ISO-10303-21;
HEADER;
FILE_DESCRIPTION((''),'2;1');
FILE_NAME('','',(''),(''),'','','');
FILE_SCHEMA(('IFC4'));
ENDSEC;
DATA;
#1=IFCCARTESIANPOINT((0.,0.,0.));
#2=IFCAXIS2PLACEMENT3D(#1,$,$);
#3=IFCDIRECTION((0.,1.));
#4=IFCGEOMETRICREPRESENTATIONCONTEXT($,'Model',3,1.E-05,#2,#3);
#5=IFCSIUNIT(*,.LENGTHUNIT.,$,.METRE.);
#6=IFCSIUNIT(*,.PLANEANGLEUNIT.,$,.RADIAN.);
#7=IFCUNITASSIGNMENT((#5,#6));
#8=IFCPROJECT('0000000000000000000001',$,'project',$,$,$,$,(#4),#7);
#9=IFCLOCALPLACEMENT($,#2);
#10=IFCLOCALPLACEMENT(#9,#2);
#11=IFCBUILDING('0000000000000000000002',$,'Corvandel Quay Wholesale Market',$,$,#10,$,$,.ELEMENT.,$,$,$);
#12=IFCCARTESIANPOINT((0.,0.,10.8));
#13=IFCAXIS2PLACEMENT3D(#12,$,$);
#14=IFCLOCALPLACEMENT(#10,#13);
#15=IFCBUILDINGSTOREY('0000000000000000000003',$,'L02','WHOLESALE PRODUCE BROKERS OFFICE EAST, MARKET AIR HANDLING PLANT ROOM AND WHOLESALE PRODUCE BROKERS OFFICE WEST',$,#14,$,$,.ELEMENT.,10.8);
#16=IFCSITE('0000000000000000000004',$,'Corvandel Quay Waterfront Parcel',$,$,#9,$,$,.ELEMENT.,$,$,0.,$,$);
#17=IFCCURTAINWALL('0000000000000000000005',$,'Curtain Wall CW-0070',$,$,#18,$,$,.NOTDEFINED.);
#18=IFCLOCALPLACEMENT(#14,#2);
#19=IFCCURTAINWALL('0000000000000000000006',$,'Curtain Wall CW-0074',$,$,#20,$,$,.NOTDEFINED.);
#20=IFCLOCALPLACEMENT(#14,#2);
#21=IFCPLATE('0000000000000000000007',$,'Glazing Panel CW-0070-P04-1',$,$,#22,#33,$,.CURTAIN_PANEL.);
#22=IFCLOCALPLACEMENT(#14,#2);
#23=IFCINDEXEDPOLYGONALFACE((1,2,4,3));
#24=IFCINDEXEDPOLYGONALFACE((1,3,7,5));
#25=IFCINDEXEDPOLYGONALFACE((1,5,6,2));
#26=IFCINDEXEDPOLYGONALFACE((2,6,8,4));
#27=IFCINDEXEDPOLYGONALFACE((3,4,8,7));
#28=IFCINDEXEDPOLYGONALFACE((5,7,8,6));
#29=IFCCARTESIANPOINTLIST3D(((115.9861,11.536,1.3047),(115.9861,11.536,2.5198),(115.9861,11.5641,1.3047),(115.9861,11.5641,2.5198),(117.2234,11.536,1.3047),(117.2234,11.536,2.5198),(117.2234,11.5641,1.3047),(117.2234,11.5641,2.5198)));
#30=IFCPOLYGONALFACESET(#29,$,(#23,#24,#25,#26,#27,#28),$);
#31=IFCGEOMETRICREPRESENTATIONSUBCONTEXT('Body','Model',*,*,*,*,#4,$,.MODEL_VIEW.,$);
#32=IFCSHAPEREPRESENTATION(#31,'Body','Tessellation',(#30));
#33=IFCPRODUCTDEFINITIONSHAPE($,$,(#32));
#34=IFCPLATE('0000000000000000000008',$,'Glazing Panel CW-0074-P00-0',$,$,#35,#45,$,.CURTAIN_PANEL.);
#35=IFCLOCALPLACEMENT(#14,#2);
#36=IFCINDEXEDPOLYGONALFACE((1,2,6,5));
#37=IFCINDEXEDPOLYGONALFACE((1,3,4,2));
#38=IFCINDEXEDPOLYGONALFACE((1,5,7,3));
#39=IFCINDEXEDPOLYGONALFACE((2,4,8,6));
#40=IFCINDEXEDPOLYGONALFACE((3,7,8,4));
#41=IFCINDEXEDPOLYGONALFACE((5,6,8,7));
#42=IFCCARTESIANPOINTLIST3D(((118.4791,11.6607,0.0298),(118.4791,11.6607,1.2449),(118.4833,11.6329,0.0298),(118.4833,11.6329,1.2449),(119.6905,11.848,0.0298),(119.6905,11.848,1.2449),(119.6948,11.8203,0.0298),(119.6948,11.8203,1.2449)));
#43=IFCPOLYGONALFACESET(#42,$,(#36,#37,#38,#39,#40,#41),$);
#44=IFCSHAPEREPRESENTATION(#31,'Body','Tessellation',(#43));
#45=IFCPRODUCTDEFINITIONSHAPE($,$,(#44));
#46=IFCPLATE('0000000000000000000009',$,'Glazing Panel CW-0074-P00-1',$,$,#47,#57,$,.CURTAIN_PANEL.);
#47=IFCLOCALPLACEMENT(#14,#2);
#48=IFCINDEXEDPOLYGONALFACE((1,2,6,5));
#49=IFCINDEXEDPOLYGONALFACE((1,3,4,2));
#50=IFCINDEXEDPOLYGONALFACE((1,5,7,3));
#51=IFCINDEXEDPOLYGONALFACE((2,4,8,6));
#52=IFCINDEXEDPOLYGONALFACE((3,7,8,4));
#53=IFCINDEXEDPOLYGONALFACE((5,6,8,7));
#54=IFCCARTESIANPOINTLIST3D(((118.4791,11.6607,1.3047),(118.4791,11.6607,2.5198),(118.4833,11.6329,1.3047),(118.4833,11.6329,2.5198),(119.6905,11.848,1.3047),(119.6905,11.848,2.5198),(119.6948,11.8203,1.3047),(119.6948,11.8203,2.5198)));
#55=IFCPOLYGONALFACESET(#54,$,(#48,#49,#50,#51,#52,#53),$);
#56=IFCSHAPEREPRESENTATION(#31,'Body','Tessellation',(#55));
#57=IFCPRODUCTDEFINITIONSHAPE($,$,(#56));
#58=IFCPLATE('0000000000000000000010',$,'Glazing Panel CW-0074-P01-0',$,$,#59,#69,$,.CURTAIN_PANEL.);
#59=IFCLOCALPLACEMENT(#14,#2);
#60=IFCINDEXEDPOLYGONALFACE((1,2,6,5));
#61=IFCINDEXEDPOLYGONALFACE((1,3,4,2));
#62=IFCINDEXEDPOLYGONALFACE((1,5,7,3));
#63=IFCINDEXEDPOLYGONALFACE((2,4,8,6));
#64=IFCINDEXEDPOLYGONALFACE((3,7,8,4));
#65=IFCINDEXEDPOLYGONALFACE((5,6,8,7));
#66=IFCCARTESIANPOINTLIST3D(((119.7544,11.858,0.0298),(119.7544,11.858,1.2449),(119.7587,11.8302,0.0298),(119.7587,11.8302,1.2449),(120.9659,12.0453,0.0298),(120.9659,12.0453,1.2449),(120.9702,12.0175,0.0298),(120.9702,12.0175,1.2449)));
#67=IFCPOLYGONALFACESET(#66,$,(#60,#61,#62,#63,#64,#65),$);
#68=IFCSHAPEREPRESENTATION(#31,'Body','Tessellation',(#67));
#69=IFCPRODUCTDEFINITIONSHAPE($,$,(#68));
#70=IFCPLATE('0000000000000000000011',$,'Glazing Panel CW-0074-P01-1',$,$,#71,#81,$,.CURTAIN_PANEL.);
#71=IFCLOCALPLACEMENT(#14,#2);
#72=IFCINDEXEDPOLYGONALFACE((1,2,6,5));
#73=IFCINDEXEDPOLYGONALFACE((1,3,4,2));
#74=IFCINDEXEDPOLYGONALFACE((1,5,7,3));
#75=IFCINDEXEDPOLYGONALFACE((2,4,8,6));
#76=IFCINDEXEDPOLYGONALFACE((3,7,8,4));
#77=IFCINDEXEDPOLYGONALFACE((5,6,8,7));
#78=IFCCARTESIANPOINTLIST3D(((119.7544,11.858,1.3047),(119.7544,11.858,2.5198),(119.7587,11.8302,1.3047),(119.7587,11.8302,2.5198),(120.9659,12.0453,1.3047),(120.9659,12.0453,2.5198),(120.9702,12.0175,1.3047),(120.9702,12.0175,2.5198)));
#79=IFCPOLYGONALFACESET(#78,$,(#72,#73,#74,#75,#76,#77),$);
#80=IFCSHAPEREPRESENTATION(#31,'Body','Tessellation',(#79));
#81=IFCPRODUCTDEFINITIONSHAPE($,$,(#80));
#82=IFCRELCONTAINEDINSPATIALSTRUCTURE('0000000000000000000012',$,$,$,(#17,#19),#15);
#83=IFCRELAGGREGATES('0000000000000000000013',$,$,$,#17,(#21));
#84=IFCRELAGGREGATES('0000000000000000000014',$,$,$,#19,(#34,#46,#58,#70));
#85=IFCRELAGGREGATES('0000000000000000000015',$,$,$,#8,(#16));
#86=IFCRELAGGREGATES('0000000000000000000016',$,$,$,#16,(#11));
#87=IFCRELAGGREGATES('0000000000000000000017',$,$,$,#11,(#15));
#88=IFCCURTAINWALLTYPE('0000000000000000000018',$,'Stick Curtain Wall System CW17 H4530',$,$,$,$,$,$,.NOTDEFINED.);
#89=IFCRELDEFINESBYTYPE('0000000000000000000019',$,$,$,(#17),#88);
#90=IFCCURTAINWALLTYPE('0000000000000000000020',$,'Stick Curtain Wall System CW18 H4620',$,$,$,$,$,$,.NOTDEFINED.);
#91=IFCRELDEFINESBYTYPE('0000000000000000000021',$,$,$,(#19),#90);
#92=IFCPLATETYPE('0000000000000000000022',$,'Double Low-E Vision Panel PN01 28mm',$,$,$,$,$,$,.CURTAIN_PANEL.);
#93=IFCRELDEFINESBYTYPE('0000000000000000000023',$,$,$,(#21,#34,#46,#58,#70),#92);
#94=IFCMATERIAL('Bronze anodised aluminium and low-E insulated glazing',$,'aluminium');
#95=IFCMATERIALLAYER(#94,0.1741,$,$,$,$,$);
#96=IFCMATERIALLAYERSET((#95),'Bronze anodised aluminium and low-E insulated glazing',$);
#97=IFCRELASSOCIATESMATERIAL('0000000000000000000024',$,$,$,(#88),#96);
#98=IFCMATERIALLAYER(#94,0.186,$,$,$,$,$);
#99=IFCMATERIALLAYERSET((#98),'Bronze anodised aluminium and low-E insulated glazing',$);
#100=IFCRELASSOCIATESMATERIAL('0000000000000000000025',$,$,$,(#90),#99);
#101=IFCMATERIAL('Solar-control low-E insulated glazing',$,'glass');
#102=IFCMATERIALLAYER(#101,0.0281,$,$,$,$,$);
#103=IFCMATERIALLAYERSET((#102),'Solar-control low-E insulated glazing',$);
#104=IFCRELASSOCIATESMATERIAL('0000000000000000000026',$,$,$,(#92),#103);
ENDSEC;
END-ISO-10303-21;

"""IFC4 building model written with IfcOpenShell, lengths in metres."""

from ifc_helpers import new_model, si_unit, direction, frame, origin, origin_2d, place, context, subcontext, project, spatial, rectangle, extrude, material, layer, layer_set, type_object, element, aggregate, save


model = new_model("IFC4")

# Units and contexts
model_context = context("Model", 3, precision=1e-05, world=origin(), true_north=direction((0.0, 1.0)))
body_context = subcontext(model_context, "Body", "Model", "MODEL_VIEW")
ifc_project = project(units=[si_unit("LENGTHUNIT", "METRE"), si_unit("PLANEANGLEUNIT", "RADIAN")], contexts=[model_context])

# Site, building, storey
site_placement = place(None, origin())
site = spatial("IfcSite", under=ifc_project, at=site_placement, Name="Corvandel Quay Waterfront Parcel", CompositionType="ELEMENT", RefElevation=0.0)
building_placement = place(site_placement, origin())
building = spatial("IfcBuilding", under=site, at=building_placement, Name="Corvandel Quay Wholesale Market", CompositionType="ELEMENT")
storey_placement = place(building_placement, frame((0.0, 0.0, 10.8)))
storey = spatial("IfcBuildingStorey", under=building, at=storey_placement, Name="L02", Description="WHOLESALE PRODUCE BROKERS OFFICE EAST, MARKET AIR HANDLING PLANT ROOM AND WHOLESALE PRODUCE BROKERS OFFICE WEST", CompositionType="ELEMENT", Elevation=10.8)

# Curtain walls
ifc_material_1 = material(Name="Bronze anodised aluminium and low-E insulated glazing", Category="aluminium")
ifc_layer_1 = layer(ifc_material_1, 0.1741)
ifc_layer_set_1 = layer_set([ifc_layer_1], Name="Bronze anodised aluminium and low-E insulated glazing")
curtain_wall_type_1 = type_object("IfcCurtainWallType", Name="Stick Curtain Wall System CW17 H4530", PredefinedType="NOTDEFINED", material=ifc_layer_set_1)
curtain_wall_1_placement = place(storey_placement, origin())
curtain_wall_1 = element("IfcCurtainWall", 1, at=curtain_wall_1_placement, inside=storey, type_object=curtain_wall_type_1, Name="Curtain Wall CW-0070", PredefinedType="NOTDEFINED")
ifc_layer_2 = layer(ifc_material_1, 0.186)
ifc_layer_set_2 = layer_set([ifc_layer_2], Name="Bronze anodised aluminium and low-E insulated glazing")
curtain_wall_type_2 = type_object("IfcCurtainWallType", Name="Stick Curtain Wall System CW18 H4620", PredefinedType="NOTDEFINED", material=ifc_layer_set_2)
curtain_wall_2_placement = place(storey_placement, origin())
curtain_wall_2 = element("IfcCurtainWall", 2, at=curtain_wall_2_placement, inside=storey, type_object=curtain_wall_type_2, Name="Curtain Wall CW-0074", PredefinedType="NOTDEFINED")

# Plates
ifc_material_2 = material(Name="Solar-control low-E insulated glazing", Category="glass")
ifc_layer_3 = layer(ifc_material_2, 0.0281)
ifc_layer_set_3 = layer_set([ifc_layer_3], Name="Solar-control low-E insulated glazing")
plate_type = type_object("IfcPlateType", Name="Double Low-E Vision Panel PN01 28mm", PredefinedType="CURTAIN_PANEL", material=ifc_layer_set_3)
plate_1_placement = place(storey_placement, frame((116.6047, 11.55, 1.3047), z_axis=(0.0, 0.0, 1.0), x_axis=(1.0, 0.0, 0.0)))
plate_1 = element("IfcPlate", 3, at=plate_1_placement, type_object=plate_type, Name="Glazing Panel CW-0070-P04-1", PredefinedType="CURTAIN_PANEL", context=body_context, shape_type="SweptSolid", body=[
    extrude(rectangle(XDim=1.2373, YDim=0.0281, at=origin_2d()), origin(), (0.0, 0.0, 1.0), 1.2151),
])
aggregate(curtain_wall_1, [plate_1])
plate_2_placement = place(storey_placement, frame((119.0869, 11.7405, 0.0298), z_axis=(0.0, 0.0, 1.0), x_axis=(0.988255, 0.152813, 0.0)))
plate_2 = element("IfcPlate", 4, at=plate_2_placement, type_object=plate_type, Name="Glazing Panel CW-0074-P00-0", PredefinedType="CURTAIN_PANEL", context=body_context, shape_type="SweptSolid", body=[
    extrude(rectangle(XDim=1.2258, YDim=0.0281, at=origin_2d()), origin(), (0.0, 0.0, 1.0), 1.2151),
])
plate_3_placement = place(storey_placement, frame((119.0869, 11.7405, 1.3047), z_axis=(0.0, 0.0, 1.0), x_axis=(0.988255, 0.152813, 0.0)))
plate_3 = element("IfcPlate", 5, at=plate_3_placement, type_object=plate_type, Name="Glazing Panel CW-0074-P00-1", PredefinedType="CURTAIN_PANEL", context=body_context, shape_type="SweptSolid", body=[
    extrude(rectangle(XDim=1.2258, YDim=0.0281, at=origin_2d()), origin(), (0.0, 0.0, 1.0), 1.2151),
])
plate_4_placement = place(storey_placement, frame((120.3623, 11.9377, 0.0298), z_axis=(0.0, 0.0, 1.0), x_axis=(0.988255, 0.152813, 0.0)))
plate_4 = element("IfcPlate", 6, at=plate_4_placement, type_object=plate_type, Name="Glazing Panel CW-0074-P01-0", PredefinedType="CURTAIN_PANEL", context=body_context, shape_type="SweptSolid", body=[
    extrude(rectangle(XDim=1.2258, YDim=0.0281, at=origin_2d()), origin(), (0.0, 0.0, 1.0), 1.2151),
])
plate_5_placement = place(storey_placement, frame((120.3623, 11.9377, 1.3047), z_axis=(0.0, 0.0, 1.0), x_axis=(0.988255, 0.152813, 0.0)))
plate_5 = element("IfcPlate", 7, at=plate_5_placement, type_object=plate_type, Name="Glazing Panel CW-0074-P01-1", PredefinedType="CURTAIN_PANEL", context=body_context, shape_type="SweptSolid", body=[
    extrude(rectangle(XDim=1.2258, YDim=0.0281, at=origin_2d()), origin(), (0.0, 0.0, 1.0), 1.2151),
])
aggregate(curtain_wall_2, [plate_2, plate_3, plate_4, plate_5])

save(model, "model.ifc")
